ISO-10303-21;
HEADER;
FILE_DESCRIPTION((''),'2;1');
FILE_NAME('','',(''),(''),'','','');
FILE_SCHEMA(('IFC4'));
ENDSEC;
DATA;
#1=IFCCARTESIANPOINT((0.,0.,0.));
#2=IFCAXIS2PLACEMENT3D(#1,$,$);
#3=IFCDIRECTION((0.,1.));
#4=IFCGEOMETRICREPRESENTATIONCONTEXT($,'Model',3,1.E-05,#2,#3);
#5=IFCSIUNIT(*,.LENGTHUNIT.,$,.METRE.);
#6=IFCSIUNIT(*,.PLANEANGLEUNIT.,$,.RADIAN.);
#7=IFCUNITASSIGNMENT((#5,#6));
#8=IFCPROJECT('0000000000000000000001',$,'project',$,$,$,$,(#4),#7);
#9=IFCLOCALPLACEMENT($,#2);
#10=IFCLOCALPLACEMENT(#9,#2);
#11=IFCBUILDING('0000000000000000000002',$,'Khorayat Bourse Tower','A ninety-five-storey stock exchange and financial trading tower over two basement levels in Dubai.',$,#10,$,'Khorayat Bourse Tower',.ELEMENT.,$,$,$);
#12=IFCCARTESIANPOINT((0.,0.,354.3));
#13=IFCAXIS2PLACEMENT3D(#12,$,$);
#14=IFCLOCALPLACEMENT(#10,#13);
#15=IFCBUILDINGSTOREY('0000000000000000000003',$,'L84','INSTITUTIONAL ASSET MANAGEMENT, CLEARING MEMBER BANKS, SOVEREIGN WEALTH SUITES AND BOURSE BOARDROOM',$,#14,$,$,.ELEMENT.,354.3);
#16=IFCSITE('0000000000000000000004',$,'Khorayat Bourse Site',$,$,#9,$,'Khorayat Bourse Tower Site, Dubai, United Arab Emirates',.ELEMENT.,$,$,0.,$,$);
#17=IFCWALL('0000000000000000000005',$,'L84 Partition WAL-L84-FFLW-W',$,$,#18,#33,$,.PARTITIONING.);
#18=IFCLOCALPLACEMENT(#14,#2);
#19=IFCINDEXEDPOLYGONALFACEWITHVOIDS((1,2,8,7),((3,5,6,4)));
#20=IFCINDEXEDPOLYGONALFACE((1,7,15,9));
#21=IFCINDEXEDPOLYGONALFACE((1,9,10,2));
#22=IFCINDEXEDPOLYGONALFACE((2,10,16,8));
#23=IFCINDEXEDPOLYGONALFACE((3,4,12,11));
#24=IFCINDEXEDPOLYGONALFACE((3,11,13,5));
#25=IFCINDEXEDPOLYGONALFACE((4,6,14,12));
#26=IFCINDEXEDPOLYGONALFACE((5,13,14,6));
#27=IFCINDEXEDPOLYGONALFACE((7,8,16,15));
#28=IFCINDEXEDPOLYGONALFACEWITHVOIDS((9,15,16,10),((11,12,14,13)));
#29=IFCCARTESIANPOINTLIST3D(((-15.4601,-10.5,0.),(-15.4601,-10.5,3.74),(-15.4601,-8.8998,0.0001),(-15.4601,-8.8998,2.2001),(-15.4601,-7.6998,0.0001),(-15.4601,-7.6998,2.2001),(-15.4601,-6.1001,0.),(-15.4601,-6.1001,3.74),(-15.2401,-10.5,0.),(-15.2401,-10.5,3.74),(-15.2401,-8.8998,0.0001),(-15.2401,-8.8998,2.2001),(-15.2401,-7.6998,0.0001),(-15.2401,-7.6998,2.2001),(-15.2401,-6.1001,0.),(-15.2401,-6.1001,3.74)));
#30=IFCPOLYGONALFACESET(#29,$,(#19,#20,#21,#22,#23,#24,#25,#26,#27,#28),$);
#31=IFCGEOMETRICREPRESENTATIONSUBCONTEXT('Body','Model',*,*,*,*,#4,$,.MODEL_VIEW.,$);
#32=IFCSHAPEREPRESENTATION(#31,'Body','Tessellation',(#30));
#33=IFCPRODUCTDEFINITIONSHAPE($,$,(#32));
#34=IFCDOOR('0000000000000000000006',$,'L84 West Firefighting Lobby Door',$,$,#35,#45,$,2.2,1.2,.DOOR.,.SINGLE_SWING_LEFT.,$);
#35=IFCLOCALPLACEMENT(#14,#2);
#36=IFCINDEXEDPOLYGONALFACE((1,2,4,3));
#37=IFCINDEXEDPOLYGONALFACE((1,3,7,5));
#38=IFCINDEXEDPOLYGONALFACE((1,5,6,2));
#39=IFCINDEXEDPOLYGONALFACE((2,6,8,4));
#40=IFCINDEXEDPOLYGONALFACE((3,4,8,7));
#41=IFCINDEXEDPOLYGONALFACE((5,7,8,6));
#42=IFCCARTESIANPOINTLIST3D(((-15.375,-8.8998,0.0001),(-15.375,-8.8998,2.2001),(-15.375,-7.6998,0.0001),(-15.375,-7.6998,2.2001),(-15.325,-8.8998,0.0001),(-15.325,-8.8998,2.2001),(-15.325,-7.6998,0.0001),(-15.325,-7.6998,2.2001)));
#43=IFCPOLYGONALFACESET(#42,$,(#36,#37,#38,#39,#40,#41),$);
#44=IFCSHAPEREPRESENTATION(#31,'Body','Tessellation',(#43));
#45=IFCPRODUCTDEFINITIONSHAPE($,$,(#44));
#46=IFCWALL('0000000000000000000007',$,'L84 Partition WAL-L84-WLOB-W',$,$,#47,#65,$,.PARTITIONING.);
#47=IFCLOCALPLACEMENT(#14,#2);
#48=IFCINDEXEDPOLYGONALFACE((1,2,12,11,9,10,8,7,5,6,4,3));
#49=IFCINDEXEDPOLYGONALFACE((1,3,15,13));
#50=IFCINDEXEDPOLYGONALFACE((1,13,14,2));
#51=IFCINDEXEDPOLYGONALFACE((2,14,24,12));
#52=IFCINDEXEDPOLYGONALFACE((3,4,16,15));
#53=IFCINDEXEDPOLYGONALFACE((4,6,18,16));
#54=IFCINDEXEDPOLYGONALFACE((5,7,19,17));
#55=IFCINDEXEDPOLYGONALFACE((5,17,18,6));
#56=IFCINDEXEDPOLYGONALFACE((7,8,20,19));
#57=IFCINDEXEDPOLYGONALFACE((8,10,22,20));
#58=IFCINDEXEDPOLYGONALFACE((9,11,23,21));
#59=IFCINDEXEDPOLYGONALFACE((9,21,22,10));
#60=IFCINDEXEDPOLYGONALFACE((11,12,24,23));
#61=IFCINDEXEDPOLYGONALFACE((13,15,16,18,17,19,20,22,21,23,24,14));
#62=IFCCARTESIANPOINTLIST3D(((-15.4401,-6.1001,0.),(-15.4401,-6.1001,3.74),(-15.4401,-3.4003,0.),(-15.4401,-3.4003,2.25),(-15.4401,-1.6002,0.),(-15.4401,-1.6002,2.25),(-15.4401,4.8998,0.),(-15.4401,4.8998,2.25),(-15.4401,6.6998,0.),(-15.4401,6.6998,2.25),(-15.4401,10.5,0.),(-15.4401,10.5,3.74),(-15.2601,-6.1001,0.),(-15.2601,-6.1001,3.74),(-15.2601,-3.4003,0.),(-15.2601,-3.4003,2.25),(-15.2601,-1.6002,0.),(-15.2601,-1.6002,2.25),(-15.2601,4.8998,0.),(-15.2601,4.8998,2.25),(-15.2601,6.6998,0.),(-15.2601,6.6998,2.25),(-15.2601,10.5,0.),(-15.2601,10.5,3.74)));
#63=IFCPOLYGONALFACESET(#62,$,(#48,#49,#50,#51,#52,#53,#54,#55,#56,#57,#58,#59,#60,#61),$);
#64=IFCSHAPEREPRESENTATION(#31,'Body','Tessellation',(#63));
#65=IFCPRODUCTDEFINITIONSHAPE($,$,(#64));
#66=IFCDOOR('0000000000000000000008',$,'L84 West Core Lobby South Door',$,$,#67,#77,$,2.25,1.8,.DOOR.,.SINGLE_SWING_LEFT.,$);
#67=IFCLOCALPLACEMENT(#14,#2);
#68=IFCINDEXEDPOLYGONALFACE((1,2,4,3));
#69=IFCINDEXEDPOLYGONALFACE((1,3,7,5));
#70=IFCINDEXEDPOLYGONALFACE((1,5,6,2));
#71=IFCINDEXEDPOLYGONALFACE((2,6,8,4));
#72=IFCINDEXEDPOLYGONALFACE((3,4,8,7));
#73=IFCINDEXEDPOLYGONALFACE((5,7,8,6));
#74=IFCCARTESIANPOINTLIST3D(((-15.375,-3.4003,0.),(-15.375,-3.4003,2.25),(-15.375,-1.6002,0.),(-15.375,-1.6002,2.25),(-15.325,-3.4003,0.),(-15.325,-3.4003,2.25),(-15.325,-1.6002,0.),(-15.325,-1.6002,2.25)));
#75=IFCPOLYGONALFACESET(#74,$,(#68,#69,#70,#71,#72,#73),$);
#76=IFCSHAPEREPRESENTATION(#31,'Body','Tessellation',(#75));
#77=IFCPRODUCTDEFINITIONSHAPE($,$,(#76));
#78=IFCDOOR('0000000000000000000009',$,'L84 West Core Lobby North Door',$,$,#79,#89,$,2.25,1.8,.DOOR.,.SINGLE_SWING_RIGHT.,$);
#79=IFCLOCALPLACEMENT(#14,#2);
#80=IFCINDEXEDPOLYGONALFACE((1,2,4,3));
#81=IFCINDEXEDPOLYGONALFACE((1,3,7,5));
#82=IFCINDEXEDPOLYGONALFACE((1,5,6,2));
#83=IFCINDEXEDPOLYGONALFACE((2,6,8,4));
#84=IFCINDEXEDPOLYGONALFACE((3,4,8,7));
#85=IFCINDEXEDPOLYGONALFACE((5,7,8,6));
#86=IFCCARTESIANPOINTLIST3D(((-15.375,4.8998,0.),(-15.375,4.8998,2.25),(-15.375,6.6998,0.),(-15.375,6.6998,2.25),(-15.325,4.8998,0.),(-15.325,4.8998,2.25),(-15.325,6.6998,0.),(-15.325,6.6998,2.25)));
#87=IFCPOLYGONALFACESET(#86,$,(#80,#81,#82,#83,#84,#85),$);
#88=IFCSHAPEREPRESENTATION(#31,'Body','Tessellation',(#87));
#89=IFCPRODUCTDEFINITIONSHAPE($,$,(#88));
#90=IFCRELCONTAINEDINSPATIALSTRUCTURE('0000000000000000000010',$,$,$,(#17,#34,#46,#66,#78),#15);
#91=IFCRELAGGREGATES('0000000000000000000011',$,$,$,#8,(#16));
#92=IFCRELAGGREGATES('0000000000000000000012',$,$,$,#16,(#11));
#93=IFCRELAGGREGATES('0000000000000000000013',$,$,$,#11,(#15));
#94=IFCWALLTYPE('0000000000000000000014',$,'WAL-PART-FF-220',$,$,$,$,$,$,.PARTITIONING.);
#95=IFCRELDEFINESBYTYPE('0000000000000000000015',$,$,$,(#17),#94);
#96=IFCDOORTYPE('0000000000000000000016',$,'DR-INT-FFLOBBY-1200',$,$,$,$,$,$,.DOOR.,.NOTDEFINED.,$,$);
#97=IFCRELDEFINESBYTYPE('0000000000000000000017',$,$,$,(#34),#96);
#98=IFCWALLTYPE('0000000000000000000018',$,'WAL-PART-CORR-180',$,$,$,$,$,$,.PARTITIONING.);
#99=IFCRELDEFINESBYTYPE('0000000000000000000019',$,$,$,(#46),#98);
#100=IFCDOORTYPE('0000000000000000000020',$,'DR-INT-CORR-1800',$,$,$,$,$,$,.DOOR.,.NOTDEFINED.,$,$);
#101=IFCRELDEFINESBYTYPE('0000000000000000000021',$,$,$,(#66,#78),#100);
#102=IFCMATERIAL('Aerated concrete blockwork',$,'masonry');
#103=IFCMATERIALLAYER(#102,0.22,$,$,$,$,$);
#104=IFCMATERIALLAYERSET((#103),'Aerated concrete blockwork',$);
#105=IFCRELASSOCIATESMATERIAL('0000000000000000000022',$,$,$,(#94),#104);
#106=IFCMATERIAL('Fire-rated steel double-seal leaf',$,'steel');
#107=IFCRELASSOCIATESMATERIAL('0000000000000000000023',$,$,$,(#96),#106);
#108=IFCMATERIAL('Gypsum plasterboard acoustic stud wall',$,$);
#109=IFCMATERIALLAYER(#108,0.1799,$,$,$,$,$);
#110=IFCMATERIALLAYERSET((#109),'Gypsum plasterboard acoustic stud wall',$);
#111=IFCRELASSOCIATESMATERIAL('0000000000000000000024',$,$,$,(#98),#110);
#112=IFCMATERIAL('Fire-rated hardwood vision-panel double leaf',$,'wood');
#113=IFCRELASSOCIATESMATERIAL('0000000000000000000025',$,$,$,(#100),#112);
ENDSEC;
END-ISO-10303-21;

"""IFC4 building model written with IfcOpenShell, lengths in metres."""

from ifc_helpers import new_model, si_unit, direction, frame, frame_2d, origin, place, context, subcontext, project, spatial, rectangle, extrude, source, transform, mapped, material, layer, layer_set, type_object, element, fill, save


model = new_model("IFC4")

# Units and contexts
model_context = context("Model", 3, precision=1e-05, world=origin(), true_north=direction((0.0, 1.0)))
body_context = subcontext(model_context, "Body", "Model", "MODEL_VIEW")
ifc_project = project(units=[si_unit("LENGTHUNIT", "METRE"), si_unit("PLANEANGLEUNIT", "RADIAN")], contexts=[model_context])

# Site, building, storey
site_placement = place(None, origin())
site = spatial("IfcSite", under=ifc_project, at=site_placement, Name="Khorayat Bourse Site", LongName="Khorayat Bourse Tower Site, Dubai, United Arab Emirates", CompositionType="ELEMENT", RefElevation=0.0)
building_placement = place(site_placement, origin())
building = spatial("IfcBuilding", under=site, at=building_placement, Name="Khorayat Bourse Tower", Description="A ninety-five-storey stock exchange and financial trading tower over two basement levels in Dubai.", LongName="Khorayat Bourse Tower", CompositionType="ELEMENT")
storey_placement = place(building_placement, frame((0.0, 0.0, 354.3)))
storey = spatial("IfcBuildingStorey", under=building, at=storey_placement, Name="L84", Description="INSTITUTIONAL ASSET MANAGEMENT, CLEARING MEMBER BANKS, SOVEREIGN WEALTH SUITES AND BOURSE BOARDROOM", CompositionType="ELEMENT", Elevation=354.3)

# Shared definitions
ifc_material_1 = material(Name="Aerated concrete blockwork", Category="masonry")
ifc_layer_1 = layer(ifc_material_1, 0.22)
ifc_layer_set_1 = layer_set([ifc_layer_1], Name="Aerated concrete blockwork")
wall_type_1 = type_object("IfcWallType", Name="WAL-PART-FF-220", PredefinedType="PARTITIONING", material=ifc_layer_set_1)

# Wall, opening, door
shared_shape_1 = source(origin(), body_context, "Body", "SweptSolid", [
    extrude(rectangle(XDim=4.3999, YDim=0.22, at=frame_2d((2.2, 0.0))), origin(), (0.0, 0.0, 1.0), 3.74),
])
wall_1_placement = place(storey_placement, frame((-15.3501, -10.5, 0.0), z_axis=(0.0, 0.0, 1.0), x_axis=(0.0, 1.0, 0.0)))
wall_1 = element("IfcWall", 1, at=wall_1_placement, inside=storey, type_object=wall_type_1, Name="L84 Partition WAL-L84-FFLW-W", PredefinedType="PARTITIONING", context=body_context, shape_type="MappedRepresentation", body=[
    mapped(shared_shape_1, transform((0.0, 0.0, 0.0), scale=1.0)),
])
shared_shape_2 = source(origin(), body_context, "Body", "SweptSolid", [
    extrude(rectangle(XDim=1.2, YDim=2.2, at=frame_2d((0.6001, 1.1001))), frame((0.0, 0.1199, 0.0), z_axis=(0.0, -1.0, 0.0), x_axis=(1.0, 0.0, 0.0)), (0.0, 0.0, 1.0), 0.24),
])
opening_1_placement = place(wall_1_placement, frame((1.6001, 0.0, 0.0)))
opening_1 = element("IfcOpeningElement", 2, at=opening_1_placement, cuts=wall_1, PredefinedType="OPENING", context=body_context, shape_type="MappedRepresentation", body=[
    mapped(shared_shape_2, transform((0.0, 0.0, 0.0), scale=1.0)),
])
ifc_material_2 = material(Name="Fire-rated steel double-seal leaf", Category="steel")
door_type_1 = type_object("IfcDoorType", Name="DR-INT-FFLOBBY-1200", OperationType="NOTDEFINED", PredefinedType="DOOR", material=ifc_material_2)
shared_shape_3 = source(origin(), body_context, "Body", "SweptSolid", [
    extrude(rectangle(XDim=1.2, YDim=2.2, at=frame_2d((0.6001, 1.1001))), frame((0.0, 0.0249, 0.0), z_axis=(0.0, -1.0, 0.0), x_axis=(1.0, 0.0, 0.0)), (0.0, 0.0, 1.0), 0.05),
])
door_1_placement = place(opening_1_placement, origin())
door_1 = element("IfcDoor", 3, at=door_1_placement, inside=storey, type_object=door_type_1, Name="L84 West Firefighting Lobby Door", OperationType="SINGLE_SWING_LEFT", OverallHeight=2.2, OverallWidth=1.2, PredefinedType="DOOR", context=body_context, shape_type="MappedRepresentation", body=[
    mapped(shared_shape_3, transform((0.0, 0.0, 0.0), scale=1.0)),
])
fill(opening_1, door_1)

# Wall, openings, doors
ifc_material_3 = material(Name="Gypsum plasterboard acoustic stud wall")
ifc_layer_2 = layer(ifc_material_3, 0.1799)
ifc_layer_set_2 = layer_set([ifc_layer_2], Name="Gypsum plasterboard acoustic stud wall")
wall_type_2 = type_object("IfcWallType", Name="WAL-PART-CORR-180", PredefinedType="PARTITIONING", material=ifc_layer_set_2)
shared_shape_4 = source(origin(), body_context, "Body", "SweptSolid", [
    extrude(rectangle(XDim=16.6001, YDim=0.1799, at=frame_2d((8.3, 0.0))), origin(), (0.0, 0.0, 1.0), 3.74),
])
wall_2_placement = place(storey_placement, frame((-15.3501, -6.1001, 0.0), z_axis=(0.0, 0.0, 1.0), x_axis=(0.0, 1.0, 0.0)))
wall_2 = element("IfcWall", 4, at=wall_2_placement, inside=storey, type_object=wall_type_2, Name="L84 Partition WAL-L84-WLOB-W", PredefinedType="PARTITIONING", context=body_context, shape_type="MappedRepresentation", body=[
    mapped(shared_shape_4, transform((0.0, 0.0, 0.0), scale=1.0)),
])
shared_shape_5 = source(origin(), body_context, "Body", "SweptSolid", [
    extrude(rectangle(XDim=1.8, YDim=2.25, at=frame_2d((0.8999, 1.125))), frame((0.0, 0.0999, 0.0), z_axis=(0.0, -1.0, 0.0), x_axis=(1.0, 0.0, 0.0)), (0.0, 0.0, 1.0), 0.2),
])
opening_2_placement = place(wall_2_placement, frame((2.7, 0.0, 0.0)))
opening_2 = element("IfcOpeningElement", 5, at=opening_2_placement, cuts=wall_2, PredefinedType="OPENING", context=body_context, shape_type="MappedRepresentation", body=[
    mapped(shared_shape_5, transform((0.0, 0.0, 0.0), scale=1.0)),
])
opening_3_placement = place(wall_2_placement, frame((11.0, 0.0, 0.0)))
opening_3 = element("IfcOpeningElement", 6, at=opening_3_placement, cuts=wall_2, PredefinedType="OPENING", context=body_context, shape_type="MappedRepresentation", body=[
    mapped(shared_shape_5, transform((0.0, 0.0, 0.0), scale=1.0)),
])
ifc_material_4 = material(Name="Fire-rated hardwood vision-panel double leaf", Category="wood")
door_type_2 = type_object("IfcDoorType", Name="DR-INT-CORR-1800", OperationType="NOTDEFINED", PredefinedType="DOOR", material=ifc_material_4)
shared_shape_6 = source(origin(), body_context, "Body", "SweptSolid", [
    extrude(rectangle(XDim=1.8, YDim=2.25, at=frame_2d((0.8999, 1.125))), frame((0.0, 0.0249, 0.0), z_axis=(0.0, -1.0, 0.0), x_axis=(1.0, 0.0, 0.0)), (0.0, 0.0, 1.0), 0.05),
])
door_2_placement = place(opening_2_placement, origin())
door_2 = element("IfcDoor", 7, at=door_2_placement, inside=storey, type_object=door_type_2, Name="L84 West Core Lobby South Door", OperationType="SINGLE_SWING_LEFT", OverallHeight=2.25, OverallWidth=1.8, PredefinedType="DOOR", context=body_context, shape_type="MappedRepresentation", body=[
    mapped(shared_shape_6, transform((0.0, 0.0, 0.0), scale=1.0)),
])
fill(opening_2, door_2)
door_3_placement = place(opening_3_placement, origin())
door_3 = element("IfcDoor", 8, at=door_3_placement, inside=storey, type_object=door_type_2, Name="L84 West Core Lobby North Door", OperationType="SINGLE_SWING_RIGHT", OverallHeight=2.25, OverallWidth=1.8, PredefinedType="DOOR", context=body_context, shape_type="MappedRepresentation", body=[
    mapped(shared_shape_6, transform((0.0, 0.0, 0.0), scale=1.0)),
])
fill(opening_3, door_3)

save(model, "model.ifc")
